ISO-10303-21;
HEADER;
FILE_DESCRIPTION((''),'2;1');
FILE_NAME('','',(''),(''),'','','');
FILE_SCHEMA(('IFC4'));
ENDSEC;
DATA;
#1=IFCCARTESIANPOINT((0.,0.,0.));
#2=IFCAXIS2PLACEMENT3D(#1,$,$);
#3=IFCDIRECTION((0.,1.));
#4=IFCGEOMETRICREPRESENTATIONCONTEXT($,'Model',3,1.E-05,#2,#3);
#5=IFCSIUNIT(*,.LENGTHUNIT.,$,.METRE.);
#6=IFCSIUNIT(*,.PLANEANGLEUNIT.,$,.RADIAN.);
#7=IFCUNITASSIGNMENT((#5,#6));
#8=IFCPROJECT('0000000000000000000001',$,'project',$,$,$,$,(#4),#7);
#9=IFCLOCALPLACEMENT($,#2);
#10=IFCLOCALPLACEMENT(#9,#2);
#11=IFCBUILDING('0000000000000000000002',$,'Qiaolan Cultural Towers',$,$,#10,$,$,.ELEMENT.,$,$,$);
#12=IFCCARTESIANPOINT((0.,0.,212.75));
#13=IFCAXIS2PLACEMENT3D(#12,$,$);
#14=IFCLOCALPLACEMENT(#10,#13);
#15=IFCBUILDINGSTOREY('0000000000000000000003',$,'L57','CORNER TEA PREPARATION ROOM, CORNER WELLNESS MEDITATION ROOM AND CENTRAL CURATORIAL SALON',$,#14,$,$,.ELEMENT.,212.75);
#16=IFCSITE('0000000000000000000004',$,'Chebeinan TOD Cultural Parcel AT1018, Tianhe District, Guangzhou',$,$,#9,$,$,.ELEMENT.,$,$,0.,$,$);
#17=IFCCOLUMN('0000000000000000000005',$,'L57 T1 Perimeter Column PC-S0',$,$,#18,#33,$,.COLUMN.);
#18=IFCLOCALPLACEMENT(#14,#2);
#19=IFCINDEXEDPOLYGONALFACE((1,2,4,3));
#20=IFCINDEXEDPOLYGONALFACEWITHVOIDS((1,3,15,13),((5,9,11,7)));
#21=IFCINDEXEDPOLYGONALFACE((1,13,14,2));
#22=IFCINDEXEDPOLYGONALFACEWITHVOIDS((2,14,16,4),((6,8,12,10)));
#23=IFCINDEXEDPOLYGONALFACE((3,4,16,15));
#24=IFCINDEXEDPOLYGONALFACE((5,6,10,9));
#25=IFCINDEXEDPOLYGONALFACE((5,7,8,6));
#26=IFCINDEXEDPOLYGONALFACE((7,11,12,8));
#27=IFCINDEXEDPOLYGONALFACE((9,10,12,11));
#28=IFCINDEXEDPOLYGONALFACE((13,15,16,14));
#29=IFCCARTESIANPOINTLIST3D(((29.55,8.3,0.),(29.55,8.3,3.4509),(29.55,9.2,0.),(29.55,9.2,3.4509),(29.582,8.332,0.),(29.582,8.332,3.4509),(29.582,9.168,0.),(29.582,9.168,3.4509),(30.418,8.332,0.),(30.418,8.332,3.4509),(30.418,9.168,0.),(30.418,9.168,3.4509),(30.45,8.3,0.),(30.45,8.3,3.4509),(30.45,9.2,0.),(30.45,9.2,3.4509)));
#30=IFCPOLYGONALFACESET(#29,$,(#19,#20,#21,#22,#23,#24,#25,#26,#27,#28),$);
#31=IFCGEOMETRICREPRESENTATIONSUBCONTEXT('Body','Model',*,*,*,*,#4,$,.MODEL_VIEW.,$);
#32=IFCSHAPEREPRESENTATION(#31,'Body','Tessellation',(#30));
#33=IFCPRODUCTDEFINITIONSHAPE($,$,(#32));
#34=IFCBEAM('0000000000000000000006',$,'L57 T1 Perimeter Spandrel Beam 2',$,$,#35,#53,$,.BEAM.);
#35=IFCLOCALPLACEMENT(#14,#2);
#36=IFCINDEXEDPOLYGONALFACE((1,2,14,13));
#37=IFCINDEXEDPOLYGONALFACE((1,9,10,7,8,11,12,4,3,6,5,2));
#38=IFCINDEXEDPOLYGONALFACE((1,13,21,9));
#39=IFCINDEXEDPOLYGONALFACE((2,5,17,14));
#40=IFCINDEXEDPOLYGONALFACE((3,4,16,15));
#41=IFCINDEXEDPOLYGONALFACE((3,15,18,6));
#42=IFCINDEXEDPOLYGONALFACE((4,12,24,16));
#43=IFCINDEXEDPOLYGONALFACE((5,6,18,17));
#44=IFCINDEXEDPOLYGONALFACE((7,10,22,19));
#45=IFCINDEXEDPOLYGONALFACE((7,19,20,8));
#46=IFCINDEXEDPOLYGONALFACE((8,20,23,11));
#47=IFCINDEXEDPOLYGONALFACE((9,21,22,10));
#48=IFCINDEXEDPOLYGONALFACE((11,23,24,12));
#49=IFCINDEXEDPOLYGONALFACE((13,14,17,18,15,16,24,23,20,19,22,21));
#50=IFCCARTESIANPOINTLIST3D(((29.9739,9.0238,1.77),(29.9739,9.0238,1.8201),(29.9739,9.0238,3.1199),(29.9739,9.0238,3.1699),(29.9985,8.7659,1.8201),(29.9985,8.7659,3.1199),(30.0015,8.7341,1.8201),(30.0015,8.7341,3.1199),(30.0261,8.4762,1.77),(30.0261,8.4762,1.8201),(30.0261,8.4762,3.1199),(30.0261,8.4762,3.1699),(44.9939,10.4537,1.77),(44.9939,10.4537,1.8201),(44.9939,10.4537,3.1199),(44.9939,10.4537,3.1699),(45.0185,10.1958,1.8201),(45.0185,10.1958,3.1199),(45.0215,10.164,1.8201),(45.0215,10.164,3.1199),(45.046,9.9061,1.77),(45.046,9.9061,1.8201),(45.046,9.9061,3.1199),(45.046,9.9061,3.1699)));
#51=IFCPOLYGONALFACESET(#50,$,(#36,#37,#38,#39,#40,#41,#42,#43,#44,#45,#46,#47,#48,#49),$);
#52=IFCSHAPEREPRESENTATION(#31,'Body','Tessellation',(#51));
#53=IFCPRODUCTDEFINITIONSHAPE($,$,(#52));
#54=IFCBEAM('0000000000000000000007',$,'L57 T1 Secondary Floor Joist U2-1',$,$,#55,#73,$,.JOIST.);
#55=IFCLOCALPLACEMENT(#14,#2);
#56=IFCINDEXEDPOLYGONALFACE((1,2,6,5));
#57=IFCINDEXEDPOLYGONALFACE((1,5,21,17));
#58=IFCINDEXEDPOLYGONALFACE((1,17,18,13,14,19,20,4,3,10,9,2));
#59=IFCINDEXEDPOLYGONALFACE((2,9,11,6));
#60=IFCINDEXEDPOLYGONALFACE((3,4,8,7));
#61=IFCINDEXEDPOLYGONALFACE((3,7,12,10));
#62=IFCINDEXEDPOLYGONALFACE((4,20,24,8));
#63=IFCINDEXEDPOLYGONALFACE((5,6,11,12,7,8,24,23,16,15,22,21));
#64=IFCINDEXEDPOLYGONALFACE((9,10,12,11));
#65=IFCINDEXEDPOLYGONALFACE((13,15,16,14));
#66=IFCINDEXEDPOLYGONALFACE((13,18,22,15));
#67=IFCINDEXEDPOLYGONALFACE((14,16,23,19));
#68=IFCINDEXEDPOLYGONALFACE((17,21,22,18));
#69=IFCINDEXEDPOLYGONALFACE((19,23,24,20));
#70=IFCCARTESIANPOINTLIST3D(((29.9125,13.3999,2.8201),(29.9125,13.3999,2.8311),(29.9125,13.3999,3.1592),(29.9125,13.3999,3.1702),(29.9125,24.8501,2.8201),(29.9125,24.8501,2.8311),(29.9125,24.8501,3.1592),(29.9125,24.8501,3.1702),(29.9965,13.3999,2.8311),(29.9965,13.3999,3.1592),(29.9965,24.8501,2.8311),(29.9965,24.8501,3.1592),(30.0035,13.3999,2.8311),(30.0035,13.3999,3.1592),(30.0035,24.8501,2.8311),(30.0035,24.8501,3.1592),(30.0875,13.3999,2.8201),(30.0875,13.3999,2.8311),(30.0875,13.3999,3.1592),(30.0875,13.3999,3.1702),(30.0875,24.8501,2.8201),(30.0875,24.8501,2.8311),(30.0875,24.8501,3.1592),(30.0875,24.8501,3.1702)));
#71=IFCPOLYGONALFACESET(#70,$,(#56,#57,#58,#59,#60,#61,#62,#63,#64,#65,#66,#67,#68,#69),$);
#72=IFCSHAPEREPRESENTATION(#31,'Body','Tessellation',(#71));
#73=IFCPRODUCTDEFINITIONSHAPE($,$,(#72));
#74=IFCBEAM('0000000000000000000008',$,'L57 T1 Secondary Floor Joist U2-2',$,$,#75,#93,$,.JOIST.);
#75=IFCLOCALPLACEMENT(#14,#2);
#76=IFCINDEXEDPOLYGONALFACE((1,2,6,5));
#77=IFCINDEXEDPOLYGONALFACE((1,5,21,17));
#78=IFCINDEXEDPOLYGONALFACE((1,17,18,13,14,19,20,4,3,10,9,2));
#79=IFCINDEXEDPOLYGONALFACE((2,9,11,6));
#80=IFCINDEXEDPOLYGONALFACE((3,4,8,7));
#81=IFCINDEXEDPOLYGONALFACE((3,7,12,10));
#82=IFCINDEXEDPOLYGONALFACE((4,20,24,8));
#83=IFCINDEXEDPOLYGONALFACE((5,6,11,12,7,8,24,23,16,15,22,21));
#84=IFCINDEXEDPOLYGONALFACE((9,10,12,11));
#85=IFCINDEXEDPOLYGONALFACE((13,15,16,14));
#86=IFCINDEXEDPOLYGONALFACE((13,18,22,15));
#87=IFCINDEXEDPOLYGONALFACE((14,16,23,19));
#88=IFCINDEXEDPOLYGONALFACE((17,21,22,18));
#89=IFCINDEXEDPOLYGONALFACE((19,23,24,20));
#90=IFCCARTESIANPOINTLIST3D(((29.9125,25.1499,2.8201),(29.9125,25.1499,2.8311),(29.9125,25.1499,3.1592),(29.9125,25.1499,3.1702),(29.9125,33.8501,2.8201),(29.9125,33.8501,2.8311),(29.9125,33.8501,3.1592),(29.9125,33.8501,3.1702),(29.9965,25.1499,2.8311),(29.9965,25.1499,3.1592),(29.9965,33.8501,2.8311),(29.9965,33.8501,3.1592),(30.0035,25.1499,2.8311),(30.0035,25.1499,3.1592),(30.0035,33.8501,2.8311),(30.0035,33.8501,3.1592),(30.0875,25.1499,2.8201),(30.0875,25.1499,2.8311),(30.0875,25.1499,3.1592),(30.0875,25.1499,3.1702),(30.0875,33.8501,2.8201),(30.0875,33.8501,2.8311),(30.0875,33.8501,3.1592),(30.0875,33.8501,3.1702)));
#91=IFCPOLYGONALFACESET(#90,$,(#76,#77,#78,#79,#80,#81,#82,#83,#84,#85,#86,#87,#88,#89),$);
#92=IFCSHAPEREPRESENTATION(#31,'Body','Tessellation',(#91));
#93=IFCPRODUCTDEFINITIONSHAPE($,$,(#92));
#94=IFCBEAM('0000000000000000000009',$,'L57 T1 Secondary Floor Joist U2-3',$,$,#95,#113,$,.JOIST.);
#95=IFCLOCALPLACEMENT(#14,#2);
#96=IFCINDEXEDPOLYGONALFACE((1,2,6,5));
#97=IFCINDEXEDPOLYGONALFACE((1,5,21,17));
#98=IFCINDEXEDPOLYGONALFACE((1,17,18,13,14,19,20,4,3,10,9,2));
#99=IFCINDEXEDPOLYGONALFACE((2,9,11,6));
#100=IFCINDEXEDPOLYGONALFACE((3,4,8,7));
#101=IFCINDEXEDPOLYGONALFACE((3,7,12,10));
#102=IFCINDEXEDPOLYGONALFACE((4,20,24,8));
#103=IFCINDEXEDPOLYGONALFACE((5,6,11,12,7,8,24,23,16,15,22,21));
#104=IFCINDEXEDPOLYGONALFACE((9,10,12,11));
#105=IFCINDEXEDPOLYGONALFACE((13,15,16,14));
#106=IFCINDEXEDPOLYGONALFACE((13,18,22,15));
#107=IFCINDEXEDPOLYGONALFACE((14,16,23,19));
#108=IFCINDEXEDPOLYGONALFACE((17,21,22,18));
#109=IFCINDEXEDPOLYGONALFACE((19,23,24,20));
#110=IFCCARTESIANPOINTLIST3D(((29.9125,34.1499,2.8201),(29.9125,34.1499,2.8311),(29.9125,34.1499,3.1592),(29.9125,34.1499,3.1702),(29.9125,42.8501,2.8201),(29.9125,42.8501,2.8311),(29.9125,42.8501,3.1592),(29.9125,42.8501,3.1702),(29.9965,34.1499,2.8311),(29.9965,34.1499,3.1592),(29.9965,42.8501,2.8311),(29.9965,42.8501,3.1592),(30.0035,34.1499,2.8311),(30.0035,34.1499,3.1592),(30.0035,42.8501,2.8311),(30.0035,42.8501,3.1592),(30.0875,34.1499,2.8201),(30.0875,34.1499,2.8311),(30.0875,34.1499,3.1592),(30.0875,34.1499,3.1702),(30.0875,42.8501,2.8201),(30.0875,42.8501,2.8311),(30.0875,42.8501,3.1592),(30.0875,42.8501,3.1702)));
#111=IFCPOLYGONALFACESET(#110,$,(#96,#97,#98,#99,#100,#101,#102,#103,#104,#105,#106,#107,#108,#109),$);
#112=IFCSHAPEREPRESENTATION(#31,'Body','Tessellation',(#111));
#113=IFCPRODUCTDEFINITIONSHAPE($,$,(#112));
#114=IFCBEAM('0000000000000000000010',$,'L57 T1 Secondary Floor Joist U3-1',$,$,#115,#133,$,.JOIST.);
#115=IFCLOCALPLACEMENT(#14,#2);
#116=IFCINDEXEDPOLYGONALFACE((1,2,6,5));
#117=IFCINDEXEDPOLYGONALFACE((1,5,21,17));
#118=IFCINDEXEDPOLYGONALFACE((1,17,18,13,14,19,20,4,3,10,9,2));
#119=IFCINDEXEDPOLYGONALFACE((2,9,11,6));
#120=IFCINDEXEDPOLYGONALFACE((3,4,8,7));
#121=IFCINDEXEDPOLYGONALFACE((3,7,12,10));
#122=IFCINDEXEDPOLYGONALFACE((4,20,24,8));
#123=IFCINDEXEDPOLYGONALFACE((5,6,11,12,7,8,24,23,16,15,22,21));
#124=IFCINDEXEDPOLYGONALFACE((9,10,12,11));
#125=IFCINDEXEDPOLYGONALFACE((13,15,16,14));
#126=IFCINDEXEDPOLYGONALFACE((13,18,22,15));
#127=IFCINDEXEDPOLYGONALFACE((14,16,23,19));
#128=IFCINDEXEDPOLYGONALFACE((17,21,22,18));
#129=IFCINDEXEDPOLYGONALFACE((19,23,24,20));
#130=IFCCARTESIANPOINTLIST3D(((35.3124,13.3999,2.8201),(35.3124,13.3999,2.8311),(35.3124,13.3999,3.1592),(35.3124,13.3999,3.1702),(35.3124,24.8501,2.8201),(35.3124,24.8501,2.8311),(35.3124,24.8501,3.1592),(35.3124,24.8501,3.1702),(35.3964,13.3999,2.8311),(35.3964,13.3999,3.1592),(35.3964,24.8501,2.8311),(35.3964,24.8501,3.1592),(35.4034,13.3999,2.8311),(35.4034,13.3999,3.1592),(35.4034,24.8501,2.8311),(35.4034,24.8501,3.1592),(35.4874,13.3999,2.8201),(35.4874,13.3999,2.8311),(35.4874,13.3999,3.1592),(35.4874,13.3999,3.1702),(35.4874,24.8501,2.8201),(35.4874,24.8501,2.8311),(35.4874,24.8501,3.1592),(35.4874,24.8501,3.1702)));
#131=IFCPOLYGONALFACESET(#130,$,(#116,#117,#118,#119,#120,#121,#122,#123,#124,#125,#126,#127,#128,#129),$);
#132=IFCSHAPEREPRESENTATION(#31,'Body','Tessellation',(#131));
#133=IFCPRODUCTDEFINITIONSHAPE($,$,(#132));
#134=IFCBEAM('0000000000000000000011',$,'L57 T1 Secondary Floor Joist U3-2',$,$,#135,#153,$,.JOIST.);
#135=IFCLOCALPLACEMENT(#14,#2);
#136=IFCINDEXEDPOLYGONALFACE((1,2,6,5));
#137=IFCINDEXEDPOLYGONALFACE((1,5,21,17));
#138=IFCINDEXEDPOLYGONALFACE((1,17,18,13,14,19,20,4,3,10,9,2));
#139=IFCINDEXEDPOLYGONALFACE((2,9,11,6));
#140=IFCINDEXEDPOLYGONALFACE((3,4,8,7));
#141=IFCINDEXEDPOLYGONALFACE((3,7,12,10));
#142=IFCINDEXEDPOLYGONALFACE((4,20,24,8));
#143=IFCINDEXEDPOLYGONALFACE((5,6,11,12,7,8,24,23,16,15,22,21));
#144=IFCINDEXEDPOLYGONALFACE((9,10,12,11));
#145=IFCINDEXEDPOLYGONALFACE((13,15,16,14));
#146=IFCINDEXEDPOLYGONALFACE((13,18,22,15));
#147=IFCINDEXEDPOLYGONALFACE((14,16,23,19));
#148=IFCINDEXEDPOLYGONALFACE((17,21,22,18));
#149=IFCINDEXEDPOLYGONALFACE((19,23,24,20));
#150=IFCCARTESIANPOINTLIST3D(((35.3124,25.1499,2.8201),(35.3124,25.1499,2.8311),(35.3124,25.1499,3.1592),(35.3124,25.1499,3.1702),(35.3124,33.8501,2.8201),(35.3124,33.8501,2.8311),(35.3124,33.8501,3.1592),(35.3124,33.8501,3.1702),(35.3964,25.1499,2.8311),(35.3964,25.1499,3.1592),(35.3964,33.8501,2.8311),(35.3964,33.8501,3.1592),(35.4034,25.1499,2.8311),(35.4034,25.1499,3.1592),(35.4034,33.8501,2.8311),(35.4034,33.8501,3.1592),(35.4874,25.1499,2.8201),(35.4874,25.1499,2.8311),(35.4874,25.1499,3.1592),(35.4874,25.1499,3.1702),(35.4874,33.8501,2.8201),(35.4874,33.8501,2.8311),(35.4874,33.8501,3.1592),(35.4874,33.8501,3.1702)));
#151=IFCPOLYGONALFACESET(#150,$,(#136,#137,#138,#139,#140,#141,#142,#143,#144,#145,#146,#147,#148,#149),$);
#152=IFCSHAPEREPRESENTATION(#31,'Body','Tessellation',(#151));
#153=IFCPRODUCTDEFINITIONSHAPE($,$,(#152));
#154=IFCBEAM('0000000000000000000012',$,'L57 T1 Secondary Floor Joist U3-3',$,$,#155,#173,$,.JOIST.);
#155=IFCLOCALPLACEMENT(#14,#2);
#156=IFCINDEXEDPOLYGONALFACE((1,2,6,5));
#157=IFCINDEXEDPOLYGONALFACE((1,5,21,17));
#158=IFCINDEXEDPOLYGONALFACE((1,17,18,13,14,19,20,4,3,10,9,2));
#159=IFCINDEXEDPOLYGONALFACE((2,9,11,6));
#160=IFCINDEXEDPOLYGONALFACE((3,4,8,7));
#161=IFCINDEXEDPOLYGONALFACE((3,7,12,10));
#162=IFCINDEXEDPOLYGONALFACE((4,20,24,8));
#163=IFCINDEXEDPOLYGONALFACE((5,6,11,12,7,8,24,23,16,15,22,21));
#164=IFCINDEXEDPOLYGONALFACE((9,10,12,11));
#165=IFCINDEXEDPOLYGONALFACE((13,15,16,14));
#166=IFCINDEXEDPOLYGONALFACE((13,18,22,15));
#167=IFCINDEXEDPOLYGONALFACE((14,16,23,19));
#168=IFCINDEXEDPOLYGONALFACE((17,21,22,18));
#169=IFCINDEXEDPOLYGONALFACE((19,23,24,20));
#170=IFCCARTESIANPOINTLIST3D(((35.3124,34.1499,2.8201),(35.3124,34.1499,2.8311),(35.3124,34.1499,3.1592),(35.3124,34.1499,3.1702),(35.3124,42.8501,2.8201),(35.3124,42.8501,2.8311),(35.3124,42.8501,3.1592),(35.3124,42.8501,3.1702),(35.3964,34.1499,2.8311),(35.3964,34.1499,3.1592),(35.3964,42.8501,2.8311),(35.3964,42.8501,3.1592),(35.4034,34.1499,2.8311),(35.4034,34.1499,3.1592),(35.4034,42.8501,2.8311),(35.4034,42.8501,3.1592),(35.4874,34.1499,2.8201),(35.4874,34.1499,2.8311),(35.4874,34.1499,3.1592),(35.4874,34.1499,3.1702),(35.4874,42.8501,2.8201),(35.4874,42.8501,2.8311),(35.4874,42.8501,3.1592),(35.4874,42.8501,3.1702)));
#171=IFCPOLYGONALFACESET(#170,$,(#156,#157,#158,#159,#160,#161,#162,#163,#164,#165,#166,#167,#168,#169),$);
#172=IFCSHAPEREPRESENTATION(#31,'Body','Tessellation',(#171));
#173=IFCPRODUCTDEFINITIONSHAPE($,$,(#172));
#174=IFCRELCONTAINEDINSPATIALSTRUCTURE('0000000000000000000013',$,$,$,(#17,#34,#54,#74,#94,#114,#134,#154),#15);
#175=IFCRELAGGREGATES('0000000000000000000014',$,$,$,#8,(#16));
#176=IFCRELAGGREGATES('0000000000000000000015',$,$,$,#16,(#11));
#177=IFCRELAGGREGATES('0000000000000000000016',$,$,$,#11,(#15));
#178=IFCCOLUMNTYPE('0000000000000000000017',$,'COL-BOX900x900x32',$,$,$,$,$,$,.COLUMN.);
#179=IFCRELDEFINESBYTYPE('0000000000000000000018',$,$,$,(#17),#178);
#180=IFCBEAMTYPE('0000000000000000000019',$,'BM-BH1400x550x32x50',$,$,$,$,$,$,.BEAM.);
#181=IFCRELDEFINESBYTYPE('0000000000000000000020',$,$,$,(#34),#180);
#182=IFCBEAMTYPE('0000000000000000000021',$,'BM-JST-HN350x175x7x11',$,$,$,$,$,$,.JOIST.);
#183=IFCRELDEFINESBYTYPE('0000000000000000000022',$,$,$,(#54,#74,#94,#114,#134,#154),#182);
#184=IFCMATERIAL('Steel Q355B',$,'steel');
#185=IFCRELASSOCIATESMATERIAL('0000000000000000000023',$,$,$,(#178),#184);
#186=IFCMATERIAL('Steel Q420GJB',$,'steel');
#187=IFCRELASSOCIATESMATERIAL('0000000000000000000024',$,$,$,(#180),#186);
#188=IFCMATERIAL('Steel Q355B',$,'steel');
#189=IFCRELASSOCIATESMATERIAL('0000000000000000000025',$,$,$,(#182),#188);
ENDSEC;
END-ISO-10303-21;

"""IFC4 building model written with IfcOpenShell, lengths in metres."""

from ifc_helpers import new_model, si_unit, direction, frame, origin, origin_2d, place, context, subcontext, project, spatial, hollow_rectangle, i_section, extrude, material, material_profile, profile_set, type_object, element, save


model = new_model("IFC4")

# Units and contexts
model_context = context("Model", 3, precision=1e-05, world=origin(), true_north=direction((0.0, 1.0)))
body_context = subcontext(model_context, "Body", "Model", "MODEL_VIEW")
ifc_project = project(units=[si_unit("LENGTHUNIT", "METRE"), si_unit("PLANEANGLEUNIT", "RADIAN")], contexts=[model_context])

# Site, building, storey
site_placement = place(None, origin())
site = spatial("IfcSite", under=ifc_project, at=site_placement, Name="Chebeinan TOD Cultural Parcel AT1018, Tianhe District, Guangzhou", CompositionType="ELEMENT", RefElevation=0.0)
building_placement = place(site_placement, origin())
building = spatial("IfcBuilding", under=site, at=building_placement, Name="Qiaolan Cultural Towers", CompositionType="ELEMENT")
storey_placement = place(building_placement, frame((0.0, 0.0, 212.75)))
storey = spatial("IfcBuildingStorey", under=building, at=storey_placement, Name="L57", Description="CORNER TEA PREPARATION ROOM, CORNER WELLNESS MEDITATION ROOM AND CENTRAL CURATORIAL SALON", CompositionType="ELEMENT", Elevation=212.75)

# Column
ifc_material_1 = material(Name="Steel Q355B", Category="steel")
ifc_material_profile_1 = material_profile(ifc_material_1, hollow_rectangle(XDim=0.8999, YDim=0.8999, WallThickness=0.032, at=origin_2d()), Name="BOX900x900x32")
ifc_profile_set_1 = profile_set([ifc_material_profile_1], Name="Steel Q355B")
column_type = type_object("IfcColumnType", Name="COL-BOX900x900x32", PredefinedType="COLUMN", material=ifc_profile_set_1)
column_placement = place(storey_placement, frame((30.0, 8.75, 0.0), z_axis=(0.0, 0.0, 1.0), x_axis=(1.0, 0.0, 0.0)))
element("IfcColumn", 1, at=column_placement, inside=storey, type_object=column_type, Name="L57 T1 Perimeter Column PC-S0", PredefinedType="COLUMN", context=body_context, shape_type="SweptSolid", body=[
    extrude(hollow_rectangle(XDim=0.8999, YDim=0.8999, WallThickness=0.032, at=origin_2d()), origin(), (0.0, 0.0, 1.0), 3.4509),
])

# Beams
ifc_material_2 = material(Name="Steel Q420GJB", Category="steel")
ifc_material_profile_2 = material_profile(ifc_material_2, i_section(OverallWidth=0.55, OverallDepth=1.3999, WebThickness=0.032, FlangeThickness=0.05, at=origin_2d()), Name="BH1400x550x32x50")
ifc_profile_set_2 = profile_set([ifc_material_profile_2], Name="Steel Q420GJB")
beam_type_1 = type_object("IfcBeamType", Name="BM-BH1400x550x32x50", PredefinedType="BEAM", material=ifc_profile_set_2)
beam_1_placement = place(storey_placement, frame((30.0, 8.75, 2.47), z_axis=(0.995499, 0.094773, 0.0), x_axis=(-0.094773, 0.995499, 0.0)))
element("IfcBeam", 2, at=beam_1_placement, inside=storey, type_object=beam_type_1, Name="L57 T1 Perimeter Spandrel Beam 2", PredefinedType="BEAM", context=body_context, shape_type="SweptSolid", body=[
    extrude(i_section(OverallWidth=0.55, OverallDepth=1.3999, WebThickness=0.032, FlangeThickness=0.05, at=origin_2d()), origin(), (0.0, 0.0, 1.0), 15.0879),
])
ifc_material_3 = material(Name="Steel Q355B", Category="steel")
ifc_material_profile_3 = material_profile(ifc_material_3, i_section(OverallWidth=0.175, OverallDepth=0.3501, WebThickness=0.0071, FlangeThickness=0.011, at=origin_2d()), Name="HN350x175x7x11")
ifc_profile_set_3 = profile_set([ifc_material_profile_3], Name="Steel Q355B")
beam_type_2 = type_object("IfcBeamType", Name="BM-JST-HN350x175x7x11", PredefinedType="JOIST", material=ifc_profile_set_3)
beam_2_placement = place(storey_placement, frame((30.0, 13.3999, 2.9951), z_axis=(0.0, 1.0, 0.0), x_axis=(-1.0, 0.0, 0.0)))
element("IfcBeam", 3, at=beam_2_placement, inside=storey, type_object=beam_type_2, Name="L57 T1 Secondary Floor Joist U2-1", PredefinedType="JOIST", context=body_context, shape_type="SweptSolid", body=[
    extrude(i_section(OverallWidth=0.175, OverallDepth=0.3501, WebThickness=0.0071, FlangeThickness=0.011, at=origin_2d()), origin(), (0.0, 0.0, 1.0), 11.4502),
])
for number, where, z_axis, x_axis, name in (
    (4, (30.0, 25.1499, 2.9951), (0.0, 1.0, 0.0), (-1.0, 0.0, 0.0), "L57 T1 Secondary Floor Joist U2-2"),
    (5, (30.0, 34.1499, 2.9951), (0.0, 1.0, 0.0), (-1.0, 0.0, 0.0), "L57 T1 Secondary Floor Joist U2-3"),
):
    element("IfcBeam", number, at=place(storey_placement, frame(where, z_axis=z_axis, x_axis=x_axis)), inside=storey, type_object=beam_type_2, Name=name, PredefinedType="JOIST", context=body_context, shape_type="SweptSolid", body=[
        extrude(i_section(OverallWidth=0.175, OverallDepth=0.3501, WebThickness=0.0071, FlangeThickness=0.011, at=origin_2d()), origin(), (0.0, 0.0, 1.0), 8.7002),
    ])
beam_3_placement = place(storey_placement, frame((35.3999, 13.3999, 2.9951), z_axis=(0.0, 1.0, 0.0), x_axis=(-1.0, 0.0, 0.0)))
element("IfcBeam", 6, at=beam_3_placement, inside=storey, type_object=beam_type_2, Name="L57 T1 Secondary Floor Joist U3-1", PredefinedType="JOIST", context=body_context, shape_type="SweptSolid", body=[
    extrude(i_section(OverallWidth=0.175, OverallDepth=0.3501, WebThickness=0.0071, FlangeThickness=0.011, at=origin_2d()), origin(), (0.0, 0.0, 1.0), 11.4502),
])
for number, where, z_axis, x_axis, name in (
    (7, (35.3999, 25.1499, 2.9951), (0.0, 1.0, 0.0), (-1.0, 0.0, 0.0), "L57 T1 Secondary Floor Joist U3-2"),
    (8, (35.3999, 34.1499, 2.9951), (0.0, 1.0, 0.0), (-1.0, 0.0, 0.0), "L57 T1 Secondary Floor Joist U3-3"),
):
    element("IfcBeam", number, at=place(storey_placement, frame(where, z_axis=z_axis, x_axis=x_axis)), inside=storey, type_object=beam_type_2, Name=name, PredefinedType="JOIST", context=body_context, shape_type="SweptSolid", body=[
        extrude(i_section(OverallWidth=0.175, OverallDepth=0.3501, WebThickness=0.0071, FlangeThickness=0.011, at=origin_2d()), origin(), (0.0, 0.0, 1.0), 8.7002),
    ])

save(model, "model.ifc")
